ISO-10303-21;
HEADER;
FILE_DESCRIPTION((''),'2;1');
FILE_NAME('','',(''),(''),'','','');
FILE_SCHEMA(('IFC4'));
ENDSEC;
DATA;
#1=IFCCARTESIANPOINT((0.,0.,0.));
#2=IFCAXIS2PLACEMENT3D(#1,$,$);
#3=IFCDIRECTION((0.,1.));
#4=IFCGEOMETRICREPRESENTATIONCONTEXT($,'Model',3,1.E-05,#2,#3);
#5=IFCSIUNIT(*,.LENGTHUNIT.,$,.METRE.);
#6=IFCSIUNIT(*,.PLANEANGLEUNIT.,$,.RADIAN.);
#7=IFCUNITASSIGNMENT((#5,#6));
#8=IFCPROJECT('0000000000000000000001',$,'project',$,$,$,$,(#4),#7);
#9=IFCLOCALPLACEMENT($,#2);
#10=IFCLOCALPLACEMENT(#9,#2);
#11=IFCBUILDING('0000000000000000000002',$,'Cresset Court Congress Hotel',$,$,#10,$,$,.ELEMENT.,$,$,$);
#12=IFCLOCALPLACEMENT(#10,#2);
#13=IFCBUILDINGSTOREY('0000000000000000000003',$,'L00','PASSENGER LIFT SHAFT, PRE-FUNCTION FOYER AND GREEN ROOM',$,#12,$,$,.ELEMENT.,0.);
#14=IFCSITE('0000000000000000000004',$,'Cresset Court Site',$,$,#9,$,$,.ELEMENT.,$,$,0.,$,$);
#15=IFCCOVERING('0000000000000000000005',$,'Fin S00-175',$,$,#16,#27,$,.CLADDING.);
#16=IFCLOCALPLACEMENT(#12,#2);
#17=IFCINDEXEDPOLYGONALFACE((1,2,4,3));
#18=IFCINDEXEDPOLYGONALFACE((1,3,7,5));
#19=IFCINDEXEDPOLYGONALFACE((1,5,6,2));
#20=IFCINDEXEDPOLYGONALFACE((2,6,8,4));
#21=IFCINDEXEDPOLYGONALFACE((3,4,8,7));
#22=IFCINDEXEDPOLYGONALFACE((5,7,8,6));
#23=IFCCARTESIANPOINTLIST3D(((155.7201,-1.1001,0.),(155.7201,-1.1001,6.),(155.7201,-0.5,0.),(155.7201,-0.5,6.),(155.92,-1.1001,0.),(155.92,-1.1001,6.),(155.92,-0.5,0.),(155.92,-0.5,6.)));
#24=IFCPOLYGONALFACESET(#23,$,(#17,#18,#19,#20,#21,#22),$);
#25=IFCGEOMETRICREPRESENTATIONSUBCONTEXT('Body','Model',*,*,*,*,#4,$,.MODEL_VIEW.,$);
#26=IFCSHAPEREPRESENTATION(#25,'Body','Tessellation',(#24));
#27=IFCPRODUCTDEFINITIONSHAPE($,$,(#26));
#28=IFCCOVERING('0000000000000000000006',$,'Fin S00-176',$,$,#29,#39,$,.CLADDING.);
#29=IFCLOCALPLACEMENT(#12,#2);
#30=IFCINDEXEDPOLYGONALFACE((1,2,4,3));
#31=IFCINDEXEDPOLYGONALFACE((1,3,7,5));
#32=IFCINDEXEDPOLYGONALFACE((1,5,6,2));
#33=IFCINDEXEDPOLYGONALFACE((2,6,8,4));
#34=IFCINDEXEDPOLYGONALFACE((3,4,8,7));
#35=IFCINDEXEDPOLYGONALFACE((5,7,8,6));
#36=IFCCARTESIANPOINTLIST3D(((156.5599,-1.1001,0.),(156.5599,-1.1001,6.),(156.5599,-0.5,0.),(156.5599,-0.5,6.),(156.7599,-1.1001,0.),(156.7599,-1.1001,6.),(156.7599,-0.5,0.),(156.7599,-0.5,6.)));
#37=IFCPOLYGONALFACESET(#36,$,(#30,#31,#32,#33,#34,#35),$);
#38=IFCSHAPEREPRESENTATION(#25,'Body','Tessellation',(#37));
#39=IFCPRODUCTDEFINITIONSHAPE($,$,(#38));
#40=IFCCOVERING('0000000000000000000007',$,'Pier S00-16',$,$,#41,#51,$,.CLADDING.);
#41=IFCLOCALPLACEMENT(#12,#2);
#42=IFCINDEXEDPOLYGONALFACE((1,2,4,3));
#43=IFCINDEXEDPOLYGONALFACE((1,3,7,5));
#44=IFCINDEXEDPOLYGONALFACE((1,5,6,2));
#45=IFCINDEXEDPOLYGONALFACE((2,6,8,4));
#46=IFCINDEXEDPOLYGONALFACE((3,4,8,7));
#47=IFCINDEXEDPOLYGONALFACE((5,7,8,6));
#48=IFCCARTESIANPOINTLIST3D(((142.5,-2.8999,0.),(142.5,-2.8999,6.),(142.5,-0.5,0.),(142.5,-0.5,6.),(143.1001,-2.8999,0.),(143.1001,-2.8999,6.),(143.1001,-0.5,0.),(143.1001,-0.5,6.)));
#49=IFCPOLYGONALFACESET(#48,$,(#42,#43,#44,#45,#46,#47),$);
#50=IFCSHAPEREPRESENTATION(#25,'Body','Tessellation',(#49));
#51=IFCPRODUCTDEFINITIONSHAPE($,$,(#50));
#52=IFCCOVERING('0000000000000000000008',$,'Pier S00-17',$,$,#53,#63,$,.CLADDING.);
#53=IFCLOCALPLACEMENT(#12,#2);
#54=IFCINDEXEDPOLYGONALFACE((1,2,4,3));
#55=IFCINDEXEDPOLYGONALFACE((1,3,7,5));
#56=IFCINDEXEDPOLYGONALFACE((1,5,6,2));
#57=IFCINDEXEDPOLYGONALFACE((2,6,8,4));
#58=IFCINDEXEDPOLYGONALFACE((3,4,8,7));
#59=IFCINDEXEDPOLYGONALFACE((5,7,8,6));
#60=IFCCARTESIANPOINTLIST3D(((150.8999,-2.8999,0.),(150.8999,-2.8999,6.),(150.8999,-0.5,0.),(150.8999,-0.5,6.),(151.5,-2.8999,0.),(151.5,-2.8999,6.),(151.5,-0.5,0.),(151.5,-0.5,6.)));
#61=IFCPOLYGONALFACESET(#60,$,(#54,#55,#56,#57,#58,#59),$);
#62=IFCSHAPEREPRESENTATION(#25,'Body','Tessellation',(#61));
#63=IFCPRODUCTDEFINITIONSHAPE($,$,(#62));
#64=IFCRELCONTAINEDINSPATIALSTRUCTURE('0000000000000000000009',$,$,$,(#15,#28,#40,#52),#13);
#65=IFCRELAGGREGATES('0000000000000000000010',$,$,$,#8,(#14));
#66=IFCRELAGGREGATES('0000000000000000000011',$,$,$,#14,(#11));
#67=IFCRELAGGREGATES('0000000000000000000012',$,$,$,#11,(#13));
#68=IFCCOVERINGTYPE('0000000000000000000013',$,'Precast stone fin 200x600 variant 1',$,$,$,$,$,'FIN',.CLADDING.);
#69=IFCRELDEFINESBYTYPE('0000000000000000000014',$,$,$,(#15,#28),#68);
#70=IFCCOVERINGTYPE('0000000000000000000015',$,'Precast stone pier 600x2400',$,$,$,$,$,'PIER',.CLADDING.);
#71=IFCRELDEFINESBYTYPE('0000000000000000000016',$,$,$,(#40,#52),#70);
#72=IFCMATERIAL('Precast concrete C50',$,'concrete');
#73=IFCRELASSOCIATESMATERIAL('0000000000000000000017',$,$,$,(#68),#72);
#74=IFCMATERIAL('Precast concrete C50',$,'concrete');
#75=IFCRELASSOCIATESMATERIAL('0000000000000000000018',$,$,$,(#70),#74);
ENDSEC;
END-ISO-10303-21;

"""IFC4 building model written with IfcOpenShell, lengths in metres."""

from ifc_helpers import new_model, si_unit, direction, frame, origin, origin_2d, place, context, subcontext, project, spatial, rectangle, extrude, material, type_object, element, save


model = new_model("IFC4")

# Units and contexts
model_context = context("Model", 3, precision=1e-05, world=origin(), true_north=direction((0.0, 1.0)))
body_context = subcontext(model_context, "Body", "Model", "MODEL_VIEW")
ifc_project = project(units=[si_unit("LENGTHUNIT", "METRE"), si_unit("PLANEANGLEUNIT", "RADIAN")], contexts=[model_context])

# Site, building, storey
site_placement = place(None, origin())
site = spatial("IfcSite", under=ifc_project, at=site_placement, Name="Cresset Court Site", CompositionType="ELEMENT", RefElevation=0.0)
building_placement = place(site_placement, origin())
building = spatial("IfcBuilding", under=site, at=building_placement, Name="Cresset Court Congress Hotel", CompositionType="ELEMENT")
storey_placement = place(building_placement, origin())
storey = spatial("IfcBuildingStorey", under=building, at=storey_placement, Name="L00", Description="PASSENGER LIFT SHAFT, PRE-FUNCTION FOYER AND GREEN ROOM", CompositionType="ELEMENT", Elevation=0.0)

# Coverings
ifc_material_1 = material(Name="Precast concrete C50", Category="concrete")
covering_type_1 = type_object("IfcCoveringType", Name="Precast stone fin 200x600 variant 1", ElementType="FIN", PredefinedType="CLADDING", material=ifc_material_1)
for number, where, z_axis, x_axis, name in (
    (1, (155.8201, -0.8, 0.0), (0.0, 0.0, 1.0), (1.0, 0.0, 0.0), "Fin S00-175"),
    (2, (156.6599, -0.8, 0.0), (0.0, 0.0, 1.0), (1.0, 0.0, 0.0), "Fin S00-176"),
):
    element("IfcCovering", number, at=place(storey_placement, frame(where, z_axis=z_axis, x_axis=x_axis)), inside=storey, type_object=covering_type_1, Name=name, PredefinedType="CLADDING", context=body_context, shape_type="SweptSolid", body=[
        extrude(rectangle(XDim=0.2, YDim=0.6001, at=origin_2d()), origin(), (0.0, 0.0, 1.0), 6.0),
    ])
ifc_material_2 = material(Name="Precast concrete C50", Category="concrete")
covering_type_2 = type_object("IfcCoveringType", Name="Precast stone pier 600x2400", ElementType="PIER", PredefinedType="CLADDING", material=ifc_material_2)
for number, where, z_axis, x_axis, name in (
    (3, (142.8, -1.7, 0.0), (0.0, 0.0, 1.0), (1.0, 0.0, 0.0), "Pier S00-16"),
    (4, (151.2, -1.7, 0.0), (0.0, 0.0, 1.0), (1.0, 0.0, 0.0), "Pier S00-17"),
):
    element("IfcCovering", number, at=place(storey_placement, frame(where, z_axis=z_axis, x_axis=x_axis)), inside=storey, type_object=covering_type_2, Name=name, PredefinedType="CLADDING", context=body_context, shape_type="SweptSolid", body=[
        extrude(rectangle(XDim=0.6001, YDim=2.3999, at=origin_2d()), origin(), (0.0, 0.0, 1.0), 6.0),
    ])

save(model, "model.ifc")
